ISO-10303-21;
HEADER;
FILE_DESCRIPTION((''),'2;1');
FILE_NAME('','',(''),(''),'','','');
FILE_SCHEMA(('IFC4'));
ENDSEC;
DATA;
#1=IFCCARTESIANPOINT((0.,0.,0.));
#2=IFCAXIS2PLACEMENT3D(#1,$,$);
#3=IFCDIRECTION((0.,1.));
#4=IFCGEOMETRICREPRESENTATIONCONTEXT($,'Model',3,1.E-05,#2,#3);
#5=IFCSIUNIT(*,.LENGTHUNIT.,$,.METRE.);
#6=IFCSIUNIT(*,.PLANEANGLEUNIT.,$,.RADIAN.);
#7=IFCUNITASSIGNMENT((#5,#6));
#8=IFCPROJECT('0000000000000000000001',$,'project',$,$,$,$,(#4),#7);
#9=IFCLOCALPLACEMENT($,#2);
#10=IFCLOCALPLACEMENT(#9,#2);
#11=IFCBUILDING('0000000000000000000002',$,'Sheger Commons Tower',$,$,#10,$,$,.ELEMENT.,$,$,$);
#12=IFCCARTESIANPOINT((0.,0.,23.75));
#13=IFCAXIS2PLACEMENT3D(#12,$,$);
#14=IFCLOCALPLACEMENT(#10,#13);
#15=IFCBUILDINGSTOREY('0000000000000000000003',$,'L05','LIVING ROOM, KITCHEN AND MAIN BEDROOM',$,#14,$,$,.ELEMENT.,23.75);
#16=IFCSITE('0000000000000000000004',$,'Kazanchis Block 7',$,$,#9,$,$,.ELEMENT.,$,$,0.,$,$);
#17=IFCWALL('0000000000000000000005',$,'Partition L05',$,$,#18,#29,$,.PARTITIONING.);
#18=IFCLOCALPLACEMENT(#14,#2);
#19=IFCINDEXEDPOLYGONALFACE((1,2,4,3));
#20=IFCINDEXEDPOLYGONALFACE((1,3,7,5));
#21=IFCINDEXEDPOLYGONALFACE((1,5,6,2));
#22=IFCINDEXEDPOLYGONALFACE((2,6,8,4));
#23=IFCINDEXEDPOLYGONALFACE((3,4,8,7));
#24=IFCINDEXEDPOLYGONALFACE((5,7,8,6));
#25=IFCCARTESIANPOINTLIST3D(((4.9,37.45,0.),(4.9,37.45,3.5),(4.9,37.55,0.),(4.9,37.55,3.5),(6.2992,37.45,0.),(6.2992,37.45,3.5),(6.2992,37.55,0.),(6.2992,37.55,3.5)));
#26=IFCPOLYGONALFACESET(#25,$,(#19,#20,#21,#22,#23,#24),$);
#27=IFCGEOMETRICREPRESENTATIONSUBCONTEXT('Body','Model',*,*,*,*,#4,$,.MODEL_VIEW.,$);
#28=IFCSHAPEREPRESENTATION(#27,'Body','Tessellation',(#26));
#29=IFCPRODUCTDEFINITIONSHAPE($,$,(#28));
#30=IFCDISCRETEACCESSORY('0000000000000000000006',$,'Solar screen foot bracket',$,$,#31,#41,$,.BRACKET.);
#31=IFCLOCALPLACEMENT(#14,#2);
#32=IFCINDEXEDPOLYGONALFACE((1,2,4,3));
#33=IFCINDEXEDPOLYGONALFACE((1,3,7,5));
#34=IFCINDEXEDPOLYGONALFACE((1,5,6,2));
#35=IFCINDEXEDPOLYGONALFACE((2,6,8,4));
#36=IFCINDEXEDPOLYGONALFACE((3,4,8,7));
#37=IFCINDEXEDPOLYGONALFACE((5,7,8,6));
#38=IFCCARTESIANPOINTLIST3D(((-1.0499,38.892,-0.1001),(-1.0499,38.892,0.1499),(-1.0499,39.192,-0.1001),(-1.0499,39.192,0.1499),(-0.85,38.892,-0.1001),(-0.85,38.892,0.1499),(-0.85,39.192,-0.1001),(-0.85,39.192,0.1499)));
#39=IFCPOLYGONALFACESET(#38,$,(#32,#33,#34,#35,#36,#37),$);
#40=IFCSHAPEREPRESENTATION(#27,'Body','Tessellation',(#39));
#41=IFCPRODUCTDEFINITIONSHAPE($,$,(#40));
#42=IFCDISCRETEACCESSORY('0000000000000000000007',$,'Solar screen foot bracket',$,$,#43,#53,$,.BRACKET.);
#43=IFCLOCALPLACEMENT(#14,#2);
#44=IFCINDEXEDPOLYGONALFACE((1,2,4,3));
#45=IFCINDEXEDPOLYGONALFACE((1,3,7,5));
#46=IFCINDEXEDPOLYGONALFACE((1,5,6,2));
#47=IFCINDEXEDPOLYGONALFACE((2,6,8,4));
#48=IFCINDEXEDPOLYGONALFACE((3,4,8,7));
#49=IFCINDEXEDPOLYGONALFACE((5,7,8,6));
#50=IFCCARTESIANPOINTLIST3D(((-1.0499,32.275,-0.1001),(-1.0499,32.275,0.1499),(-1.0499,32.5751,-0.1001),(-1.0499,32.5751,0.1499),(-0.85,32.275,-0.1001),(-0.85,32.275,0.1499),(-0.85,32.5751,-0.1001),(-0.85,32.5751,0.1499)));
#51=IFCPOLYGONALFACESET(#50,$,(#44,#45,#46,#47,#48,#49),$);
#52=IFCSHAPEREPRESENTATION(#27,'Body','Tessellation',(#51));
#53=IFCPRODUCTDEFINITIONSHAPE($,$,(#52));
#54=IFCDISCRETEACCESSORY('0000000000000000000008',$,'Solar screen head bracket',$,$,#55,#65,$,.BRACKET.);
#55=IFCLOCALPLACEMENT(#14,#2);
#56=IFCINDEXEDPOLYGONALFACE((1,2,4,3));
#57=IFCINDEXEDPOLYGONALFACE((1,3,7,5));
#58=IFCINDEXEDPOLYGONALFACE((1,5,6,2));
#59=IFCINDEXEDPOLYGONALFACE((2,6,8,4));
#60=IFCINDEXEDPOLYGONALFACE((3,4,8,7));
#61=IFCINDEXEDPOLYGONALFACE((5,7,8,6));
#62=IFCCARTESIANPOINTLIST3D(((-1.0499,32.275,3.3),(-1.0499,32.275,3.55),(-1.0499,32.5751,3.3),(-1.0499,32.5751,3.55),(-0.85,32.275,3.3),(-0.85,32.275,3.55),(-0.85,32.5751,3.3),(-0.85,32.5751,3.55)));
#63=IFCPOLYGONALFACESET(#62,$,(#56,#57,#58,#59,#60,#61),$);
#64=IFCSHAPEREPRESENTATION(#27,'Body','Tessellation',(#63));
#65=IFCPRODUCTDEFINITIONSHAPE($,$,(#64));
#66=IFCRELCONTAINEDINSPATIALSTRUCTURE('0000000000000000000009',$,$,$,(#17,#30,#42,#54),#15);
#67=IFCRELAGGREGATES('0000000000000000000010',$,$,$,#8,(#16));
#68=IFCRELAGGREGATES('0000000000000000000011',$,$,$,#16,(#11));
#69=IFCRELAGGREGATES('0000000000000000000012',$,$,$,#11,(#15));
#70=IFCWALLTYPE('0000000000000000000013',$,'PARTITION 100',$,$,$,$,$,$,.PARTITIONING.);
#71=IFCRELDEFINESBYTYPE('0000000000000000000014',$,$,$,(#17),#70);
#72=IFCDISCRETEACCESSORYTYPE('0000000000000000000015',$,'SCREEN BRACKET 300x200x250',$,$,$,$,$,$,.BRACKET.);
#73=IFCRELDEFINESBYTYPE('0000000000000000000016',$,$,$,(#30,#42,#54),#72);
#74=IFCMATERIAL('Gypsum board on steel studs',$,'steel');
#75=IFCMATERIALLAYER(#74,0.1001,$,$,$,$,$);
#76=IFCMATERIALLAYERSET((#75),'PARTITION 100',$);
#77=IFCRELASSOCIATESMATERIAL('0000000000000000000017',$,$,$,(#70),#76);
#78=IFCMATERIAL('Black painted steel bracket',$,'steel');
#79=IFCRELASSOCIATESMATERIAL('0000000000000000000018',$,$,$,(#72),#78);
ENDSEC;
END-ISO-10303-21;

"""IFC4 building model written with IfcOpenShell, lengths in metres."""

from ifc_helpers import new_model, si_unit, direction, frame, frame_2d, origin, origin_2d, place, context, subcontext, project, spatial, rectangle, extrude, material, layer, layer_set, type_object, element, save


model = new_model("IFC4")

# Units and contexts
model_context = context("Model", 3, precision=1e-05, world=origin(), true_north=direction((0.0, 1.0)))
body_context = subcontext(model_context, "Body", "Model", "MODEL_VIEW")
ifc_project = project(units=[si_unit("LENGTHUNIT", "METRE"), si_unit("PLANEANGLEUNIT", "RADIAN")], contexts=[model_context])

# Site, building, storey
site_placement = place(None, origin())
site = spatial("IfcSite", under=ifc_project, at=site_placement, Name="Kazanchis Block 7", CompositionType="ELEMENT", RefElevation=0.0)
building_placement = place(site_placement, origin())
building = spatial("IfcBuilding", under=site, at=building_placement, Name="Sheger Commons Tower", CompositionType="ELEMENT")
storey_placement = place(building_placement, frame((0.0, 0.0, 23.75)))
storey = spatial("IfcBuildingStorey", under=building, at=storey_placement, Name="L05", Description="LIVING ROOM, KITCHEN AND MAIN BEDROOM", CompositionType="ELEMENT", Elevation=23.75)

# Shared definitions
ifc_material_1 = material(Name="Gypsum board on steel studs", Category="steel")
ifc_layer_1 = layer(ifc_material_1, 0.1001)
ifc_layer_set_1 = layer_set([ifc_layer_1], Name="PARTITION 100")
wall_type_1 = type_object("IfcWallType", Name="PARTITION 100", PredefinedType="PARTITIONING", material=ifc_layer_set_1)

# Wall
wall_1_placement = place(storey_placement, frame((4.8999, 37.5, 0.0), z_axis=(0.0, 0.0, 1.0), x_axis=(1.0, 0.0, 0.0)))
element("IfcWall", 1, at=wall_1_placement, inside=storey, type_object=wall_type_1, Name="Partition L05", PredefinedType="PARTITIONING", context=body_context, shape_type="SweptSolid", body=[
    extrude(rectangle(XDim=1.3992, YDim=0.1001, at=frame_2d((0.6997, 0.0))), origin(), (0.0, 0.0, 1.0), 3.5),
])

# Discrete accessories
ifc_material_2 = material(Name="Black painted steel bracket", Category="steel")
discrete_accessory_type = type_object("IfcDiscreteAccessoryType", Name="SCREEN BRACKET 300x200x250", PredefinedType="BRACKET", material=ifc_material_2)
for number, where, z_axis, x_axis, name in (
    (2, (-0.95, 39.042, -0.1001), (0.0, 0.0, 1.0), (0.0, -1.0, 0.0), "Solar screen foot bracket"),
    (3, (-0.95, 32.425, -0.1001), (0.0, 0.0, 1.0), (0.0, -1.0, 0.0), "Solar screen foot bracket"),
    (4, (-0.95, 32.425, 3.3), (0.0, 0.0, 1.0), (0.0, -1.0, 0.0), "Solar screen head bracket"),
):
    element("IfcDiscreteAccessory", number, at=place(storey_placement, frame(where, z_axis=z_axis, x_axis=x_axis)), inside=storey, type_object=discrete_accessory_type, Name=name, PredefinedType="BRACKET", context=body_context, shape_type="SweptSolid", body=[
        extrude(rectangle(XDim=0.3, YDim=0.2, at=origin_2d()), origin(), (0.0, 0.0, 1.0), 0.25),
    ])

save(model, "model.ifc")
